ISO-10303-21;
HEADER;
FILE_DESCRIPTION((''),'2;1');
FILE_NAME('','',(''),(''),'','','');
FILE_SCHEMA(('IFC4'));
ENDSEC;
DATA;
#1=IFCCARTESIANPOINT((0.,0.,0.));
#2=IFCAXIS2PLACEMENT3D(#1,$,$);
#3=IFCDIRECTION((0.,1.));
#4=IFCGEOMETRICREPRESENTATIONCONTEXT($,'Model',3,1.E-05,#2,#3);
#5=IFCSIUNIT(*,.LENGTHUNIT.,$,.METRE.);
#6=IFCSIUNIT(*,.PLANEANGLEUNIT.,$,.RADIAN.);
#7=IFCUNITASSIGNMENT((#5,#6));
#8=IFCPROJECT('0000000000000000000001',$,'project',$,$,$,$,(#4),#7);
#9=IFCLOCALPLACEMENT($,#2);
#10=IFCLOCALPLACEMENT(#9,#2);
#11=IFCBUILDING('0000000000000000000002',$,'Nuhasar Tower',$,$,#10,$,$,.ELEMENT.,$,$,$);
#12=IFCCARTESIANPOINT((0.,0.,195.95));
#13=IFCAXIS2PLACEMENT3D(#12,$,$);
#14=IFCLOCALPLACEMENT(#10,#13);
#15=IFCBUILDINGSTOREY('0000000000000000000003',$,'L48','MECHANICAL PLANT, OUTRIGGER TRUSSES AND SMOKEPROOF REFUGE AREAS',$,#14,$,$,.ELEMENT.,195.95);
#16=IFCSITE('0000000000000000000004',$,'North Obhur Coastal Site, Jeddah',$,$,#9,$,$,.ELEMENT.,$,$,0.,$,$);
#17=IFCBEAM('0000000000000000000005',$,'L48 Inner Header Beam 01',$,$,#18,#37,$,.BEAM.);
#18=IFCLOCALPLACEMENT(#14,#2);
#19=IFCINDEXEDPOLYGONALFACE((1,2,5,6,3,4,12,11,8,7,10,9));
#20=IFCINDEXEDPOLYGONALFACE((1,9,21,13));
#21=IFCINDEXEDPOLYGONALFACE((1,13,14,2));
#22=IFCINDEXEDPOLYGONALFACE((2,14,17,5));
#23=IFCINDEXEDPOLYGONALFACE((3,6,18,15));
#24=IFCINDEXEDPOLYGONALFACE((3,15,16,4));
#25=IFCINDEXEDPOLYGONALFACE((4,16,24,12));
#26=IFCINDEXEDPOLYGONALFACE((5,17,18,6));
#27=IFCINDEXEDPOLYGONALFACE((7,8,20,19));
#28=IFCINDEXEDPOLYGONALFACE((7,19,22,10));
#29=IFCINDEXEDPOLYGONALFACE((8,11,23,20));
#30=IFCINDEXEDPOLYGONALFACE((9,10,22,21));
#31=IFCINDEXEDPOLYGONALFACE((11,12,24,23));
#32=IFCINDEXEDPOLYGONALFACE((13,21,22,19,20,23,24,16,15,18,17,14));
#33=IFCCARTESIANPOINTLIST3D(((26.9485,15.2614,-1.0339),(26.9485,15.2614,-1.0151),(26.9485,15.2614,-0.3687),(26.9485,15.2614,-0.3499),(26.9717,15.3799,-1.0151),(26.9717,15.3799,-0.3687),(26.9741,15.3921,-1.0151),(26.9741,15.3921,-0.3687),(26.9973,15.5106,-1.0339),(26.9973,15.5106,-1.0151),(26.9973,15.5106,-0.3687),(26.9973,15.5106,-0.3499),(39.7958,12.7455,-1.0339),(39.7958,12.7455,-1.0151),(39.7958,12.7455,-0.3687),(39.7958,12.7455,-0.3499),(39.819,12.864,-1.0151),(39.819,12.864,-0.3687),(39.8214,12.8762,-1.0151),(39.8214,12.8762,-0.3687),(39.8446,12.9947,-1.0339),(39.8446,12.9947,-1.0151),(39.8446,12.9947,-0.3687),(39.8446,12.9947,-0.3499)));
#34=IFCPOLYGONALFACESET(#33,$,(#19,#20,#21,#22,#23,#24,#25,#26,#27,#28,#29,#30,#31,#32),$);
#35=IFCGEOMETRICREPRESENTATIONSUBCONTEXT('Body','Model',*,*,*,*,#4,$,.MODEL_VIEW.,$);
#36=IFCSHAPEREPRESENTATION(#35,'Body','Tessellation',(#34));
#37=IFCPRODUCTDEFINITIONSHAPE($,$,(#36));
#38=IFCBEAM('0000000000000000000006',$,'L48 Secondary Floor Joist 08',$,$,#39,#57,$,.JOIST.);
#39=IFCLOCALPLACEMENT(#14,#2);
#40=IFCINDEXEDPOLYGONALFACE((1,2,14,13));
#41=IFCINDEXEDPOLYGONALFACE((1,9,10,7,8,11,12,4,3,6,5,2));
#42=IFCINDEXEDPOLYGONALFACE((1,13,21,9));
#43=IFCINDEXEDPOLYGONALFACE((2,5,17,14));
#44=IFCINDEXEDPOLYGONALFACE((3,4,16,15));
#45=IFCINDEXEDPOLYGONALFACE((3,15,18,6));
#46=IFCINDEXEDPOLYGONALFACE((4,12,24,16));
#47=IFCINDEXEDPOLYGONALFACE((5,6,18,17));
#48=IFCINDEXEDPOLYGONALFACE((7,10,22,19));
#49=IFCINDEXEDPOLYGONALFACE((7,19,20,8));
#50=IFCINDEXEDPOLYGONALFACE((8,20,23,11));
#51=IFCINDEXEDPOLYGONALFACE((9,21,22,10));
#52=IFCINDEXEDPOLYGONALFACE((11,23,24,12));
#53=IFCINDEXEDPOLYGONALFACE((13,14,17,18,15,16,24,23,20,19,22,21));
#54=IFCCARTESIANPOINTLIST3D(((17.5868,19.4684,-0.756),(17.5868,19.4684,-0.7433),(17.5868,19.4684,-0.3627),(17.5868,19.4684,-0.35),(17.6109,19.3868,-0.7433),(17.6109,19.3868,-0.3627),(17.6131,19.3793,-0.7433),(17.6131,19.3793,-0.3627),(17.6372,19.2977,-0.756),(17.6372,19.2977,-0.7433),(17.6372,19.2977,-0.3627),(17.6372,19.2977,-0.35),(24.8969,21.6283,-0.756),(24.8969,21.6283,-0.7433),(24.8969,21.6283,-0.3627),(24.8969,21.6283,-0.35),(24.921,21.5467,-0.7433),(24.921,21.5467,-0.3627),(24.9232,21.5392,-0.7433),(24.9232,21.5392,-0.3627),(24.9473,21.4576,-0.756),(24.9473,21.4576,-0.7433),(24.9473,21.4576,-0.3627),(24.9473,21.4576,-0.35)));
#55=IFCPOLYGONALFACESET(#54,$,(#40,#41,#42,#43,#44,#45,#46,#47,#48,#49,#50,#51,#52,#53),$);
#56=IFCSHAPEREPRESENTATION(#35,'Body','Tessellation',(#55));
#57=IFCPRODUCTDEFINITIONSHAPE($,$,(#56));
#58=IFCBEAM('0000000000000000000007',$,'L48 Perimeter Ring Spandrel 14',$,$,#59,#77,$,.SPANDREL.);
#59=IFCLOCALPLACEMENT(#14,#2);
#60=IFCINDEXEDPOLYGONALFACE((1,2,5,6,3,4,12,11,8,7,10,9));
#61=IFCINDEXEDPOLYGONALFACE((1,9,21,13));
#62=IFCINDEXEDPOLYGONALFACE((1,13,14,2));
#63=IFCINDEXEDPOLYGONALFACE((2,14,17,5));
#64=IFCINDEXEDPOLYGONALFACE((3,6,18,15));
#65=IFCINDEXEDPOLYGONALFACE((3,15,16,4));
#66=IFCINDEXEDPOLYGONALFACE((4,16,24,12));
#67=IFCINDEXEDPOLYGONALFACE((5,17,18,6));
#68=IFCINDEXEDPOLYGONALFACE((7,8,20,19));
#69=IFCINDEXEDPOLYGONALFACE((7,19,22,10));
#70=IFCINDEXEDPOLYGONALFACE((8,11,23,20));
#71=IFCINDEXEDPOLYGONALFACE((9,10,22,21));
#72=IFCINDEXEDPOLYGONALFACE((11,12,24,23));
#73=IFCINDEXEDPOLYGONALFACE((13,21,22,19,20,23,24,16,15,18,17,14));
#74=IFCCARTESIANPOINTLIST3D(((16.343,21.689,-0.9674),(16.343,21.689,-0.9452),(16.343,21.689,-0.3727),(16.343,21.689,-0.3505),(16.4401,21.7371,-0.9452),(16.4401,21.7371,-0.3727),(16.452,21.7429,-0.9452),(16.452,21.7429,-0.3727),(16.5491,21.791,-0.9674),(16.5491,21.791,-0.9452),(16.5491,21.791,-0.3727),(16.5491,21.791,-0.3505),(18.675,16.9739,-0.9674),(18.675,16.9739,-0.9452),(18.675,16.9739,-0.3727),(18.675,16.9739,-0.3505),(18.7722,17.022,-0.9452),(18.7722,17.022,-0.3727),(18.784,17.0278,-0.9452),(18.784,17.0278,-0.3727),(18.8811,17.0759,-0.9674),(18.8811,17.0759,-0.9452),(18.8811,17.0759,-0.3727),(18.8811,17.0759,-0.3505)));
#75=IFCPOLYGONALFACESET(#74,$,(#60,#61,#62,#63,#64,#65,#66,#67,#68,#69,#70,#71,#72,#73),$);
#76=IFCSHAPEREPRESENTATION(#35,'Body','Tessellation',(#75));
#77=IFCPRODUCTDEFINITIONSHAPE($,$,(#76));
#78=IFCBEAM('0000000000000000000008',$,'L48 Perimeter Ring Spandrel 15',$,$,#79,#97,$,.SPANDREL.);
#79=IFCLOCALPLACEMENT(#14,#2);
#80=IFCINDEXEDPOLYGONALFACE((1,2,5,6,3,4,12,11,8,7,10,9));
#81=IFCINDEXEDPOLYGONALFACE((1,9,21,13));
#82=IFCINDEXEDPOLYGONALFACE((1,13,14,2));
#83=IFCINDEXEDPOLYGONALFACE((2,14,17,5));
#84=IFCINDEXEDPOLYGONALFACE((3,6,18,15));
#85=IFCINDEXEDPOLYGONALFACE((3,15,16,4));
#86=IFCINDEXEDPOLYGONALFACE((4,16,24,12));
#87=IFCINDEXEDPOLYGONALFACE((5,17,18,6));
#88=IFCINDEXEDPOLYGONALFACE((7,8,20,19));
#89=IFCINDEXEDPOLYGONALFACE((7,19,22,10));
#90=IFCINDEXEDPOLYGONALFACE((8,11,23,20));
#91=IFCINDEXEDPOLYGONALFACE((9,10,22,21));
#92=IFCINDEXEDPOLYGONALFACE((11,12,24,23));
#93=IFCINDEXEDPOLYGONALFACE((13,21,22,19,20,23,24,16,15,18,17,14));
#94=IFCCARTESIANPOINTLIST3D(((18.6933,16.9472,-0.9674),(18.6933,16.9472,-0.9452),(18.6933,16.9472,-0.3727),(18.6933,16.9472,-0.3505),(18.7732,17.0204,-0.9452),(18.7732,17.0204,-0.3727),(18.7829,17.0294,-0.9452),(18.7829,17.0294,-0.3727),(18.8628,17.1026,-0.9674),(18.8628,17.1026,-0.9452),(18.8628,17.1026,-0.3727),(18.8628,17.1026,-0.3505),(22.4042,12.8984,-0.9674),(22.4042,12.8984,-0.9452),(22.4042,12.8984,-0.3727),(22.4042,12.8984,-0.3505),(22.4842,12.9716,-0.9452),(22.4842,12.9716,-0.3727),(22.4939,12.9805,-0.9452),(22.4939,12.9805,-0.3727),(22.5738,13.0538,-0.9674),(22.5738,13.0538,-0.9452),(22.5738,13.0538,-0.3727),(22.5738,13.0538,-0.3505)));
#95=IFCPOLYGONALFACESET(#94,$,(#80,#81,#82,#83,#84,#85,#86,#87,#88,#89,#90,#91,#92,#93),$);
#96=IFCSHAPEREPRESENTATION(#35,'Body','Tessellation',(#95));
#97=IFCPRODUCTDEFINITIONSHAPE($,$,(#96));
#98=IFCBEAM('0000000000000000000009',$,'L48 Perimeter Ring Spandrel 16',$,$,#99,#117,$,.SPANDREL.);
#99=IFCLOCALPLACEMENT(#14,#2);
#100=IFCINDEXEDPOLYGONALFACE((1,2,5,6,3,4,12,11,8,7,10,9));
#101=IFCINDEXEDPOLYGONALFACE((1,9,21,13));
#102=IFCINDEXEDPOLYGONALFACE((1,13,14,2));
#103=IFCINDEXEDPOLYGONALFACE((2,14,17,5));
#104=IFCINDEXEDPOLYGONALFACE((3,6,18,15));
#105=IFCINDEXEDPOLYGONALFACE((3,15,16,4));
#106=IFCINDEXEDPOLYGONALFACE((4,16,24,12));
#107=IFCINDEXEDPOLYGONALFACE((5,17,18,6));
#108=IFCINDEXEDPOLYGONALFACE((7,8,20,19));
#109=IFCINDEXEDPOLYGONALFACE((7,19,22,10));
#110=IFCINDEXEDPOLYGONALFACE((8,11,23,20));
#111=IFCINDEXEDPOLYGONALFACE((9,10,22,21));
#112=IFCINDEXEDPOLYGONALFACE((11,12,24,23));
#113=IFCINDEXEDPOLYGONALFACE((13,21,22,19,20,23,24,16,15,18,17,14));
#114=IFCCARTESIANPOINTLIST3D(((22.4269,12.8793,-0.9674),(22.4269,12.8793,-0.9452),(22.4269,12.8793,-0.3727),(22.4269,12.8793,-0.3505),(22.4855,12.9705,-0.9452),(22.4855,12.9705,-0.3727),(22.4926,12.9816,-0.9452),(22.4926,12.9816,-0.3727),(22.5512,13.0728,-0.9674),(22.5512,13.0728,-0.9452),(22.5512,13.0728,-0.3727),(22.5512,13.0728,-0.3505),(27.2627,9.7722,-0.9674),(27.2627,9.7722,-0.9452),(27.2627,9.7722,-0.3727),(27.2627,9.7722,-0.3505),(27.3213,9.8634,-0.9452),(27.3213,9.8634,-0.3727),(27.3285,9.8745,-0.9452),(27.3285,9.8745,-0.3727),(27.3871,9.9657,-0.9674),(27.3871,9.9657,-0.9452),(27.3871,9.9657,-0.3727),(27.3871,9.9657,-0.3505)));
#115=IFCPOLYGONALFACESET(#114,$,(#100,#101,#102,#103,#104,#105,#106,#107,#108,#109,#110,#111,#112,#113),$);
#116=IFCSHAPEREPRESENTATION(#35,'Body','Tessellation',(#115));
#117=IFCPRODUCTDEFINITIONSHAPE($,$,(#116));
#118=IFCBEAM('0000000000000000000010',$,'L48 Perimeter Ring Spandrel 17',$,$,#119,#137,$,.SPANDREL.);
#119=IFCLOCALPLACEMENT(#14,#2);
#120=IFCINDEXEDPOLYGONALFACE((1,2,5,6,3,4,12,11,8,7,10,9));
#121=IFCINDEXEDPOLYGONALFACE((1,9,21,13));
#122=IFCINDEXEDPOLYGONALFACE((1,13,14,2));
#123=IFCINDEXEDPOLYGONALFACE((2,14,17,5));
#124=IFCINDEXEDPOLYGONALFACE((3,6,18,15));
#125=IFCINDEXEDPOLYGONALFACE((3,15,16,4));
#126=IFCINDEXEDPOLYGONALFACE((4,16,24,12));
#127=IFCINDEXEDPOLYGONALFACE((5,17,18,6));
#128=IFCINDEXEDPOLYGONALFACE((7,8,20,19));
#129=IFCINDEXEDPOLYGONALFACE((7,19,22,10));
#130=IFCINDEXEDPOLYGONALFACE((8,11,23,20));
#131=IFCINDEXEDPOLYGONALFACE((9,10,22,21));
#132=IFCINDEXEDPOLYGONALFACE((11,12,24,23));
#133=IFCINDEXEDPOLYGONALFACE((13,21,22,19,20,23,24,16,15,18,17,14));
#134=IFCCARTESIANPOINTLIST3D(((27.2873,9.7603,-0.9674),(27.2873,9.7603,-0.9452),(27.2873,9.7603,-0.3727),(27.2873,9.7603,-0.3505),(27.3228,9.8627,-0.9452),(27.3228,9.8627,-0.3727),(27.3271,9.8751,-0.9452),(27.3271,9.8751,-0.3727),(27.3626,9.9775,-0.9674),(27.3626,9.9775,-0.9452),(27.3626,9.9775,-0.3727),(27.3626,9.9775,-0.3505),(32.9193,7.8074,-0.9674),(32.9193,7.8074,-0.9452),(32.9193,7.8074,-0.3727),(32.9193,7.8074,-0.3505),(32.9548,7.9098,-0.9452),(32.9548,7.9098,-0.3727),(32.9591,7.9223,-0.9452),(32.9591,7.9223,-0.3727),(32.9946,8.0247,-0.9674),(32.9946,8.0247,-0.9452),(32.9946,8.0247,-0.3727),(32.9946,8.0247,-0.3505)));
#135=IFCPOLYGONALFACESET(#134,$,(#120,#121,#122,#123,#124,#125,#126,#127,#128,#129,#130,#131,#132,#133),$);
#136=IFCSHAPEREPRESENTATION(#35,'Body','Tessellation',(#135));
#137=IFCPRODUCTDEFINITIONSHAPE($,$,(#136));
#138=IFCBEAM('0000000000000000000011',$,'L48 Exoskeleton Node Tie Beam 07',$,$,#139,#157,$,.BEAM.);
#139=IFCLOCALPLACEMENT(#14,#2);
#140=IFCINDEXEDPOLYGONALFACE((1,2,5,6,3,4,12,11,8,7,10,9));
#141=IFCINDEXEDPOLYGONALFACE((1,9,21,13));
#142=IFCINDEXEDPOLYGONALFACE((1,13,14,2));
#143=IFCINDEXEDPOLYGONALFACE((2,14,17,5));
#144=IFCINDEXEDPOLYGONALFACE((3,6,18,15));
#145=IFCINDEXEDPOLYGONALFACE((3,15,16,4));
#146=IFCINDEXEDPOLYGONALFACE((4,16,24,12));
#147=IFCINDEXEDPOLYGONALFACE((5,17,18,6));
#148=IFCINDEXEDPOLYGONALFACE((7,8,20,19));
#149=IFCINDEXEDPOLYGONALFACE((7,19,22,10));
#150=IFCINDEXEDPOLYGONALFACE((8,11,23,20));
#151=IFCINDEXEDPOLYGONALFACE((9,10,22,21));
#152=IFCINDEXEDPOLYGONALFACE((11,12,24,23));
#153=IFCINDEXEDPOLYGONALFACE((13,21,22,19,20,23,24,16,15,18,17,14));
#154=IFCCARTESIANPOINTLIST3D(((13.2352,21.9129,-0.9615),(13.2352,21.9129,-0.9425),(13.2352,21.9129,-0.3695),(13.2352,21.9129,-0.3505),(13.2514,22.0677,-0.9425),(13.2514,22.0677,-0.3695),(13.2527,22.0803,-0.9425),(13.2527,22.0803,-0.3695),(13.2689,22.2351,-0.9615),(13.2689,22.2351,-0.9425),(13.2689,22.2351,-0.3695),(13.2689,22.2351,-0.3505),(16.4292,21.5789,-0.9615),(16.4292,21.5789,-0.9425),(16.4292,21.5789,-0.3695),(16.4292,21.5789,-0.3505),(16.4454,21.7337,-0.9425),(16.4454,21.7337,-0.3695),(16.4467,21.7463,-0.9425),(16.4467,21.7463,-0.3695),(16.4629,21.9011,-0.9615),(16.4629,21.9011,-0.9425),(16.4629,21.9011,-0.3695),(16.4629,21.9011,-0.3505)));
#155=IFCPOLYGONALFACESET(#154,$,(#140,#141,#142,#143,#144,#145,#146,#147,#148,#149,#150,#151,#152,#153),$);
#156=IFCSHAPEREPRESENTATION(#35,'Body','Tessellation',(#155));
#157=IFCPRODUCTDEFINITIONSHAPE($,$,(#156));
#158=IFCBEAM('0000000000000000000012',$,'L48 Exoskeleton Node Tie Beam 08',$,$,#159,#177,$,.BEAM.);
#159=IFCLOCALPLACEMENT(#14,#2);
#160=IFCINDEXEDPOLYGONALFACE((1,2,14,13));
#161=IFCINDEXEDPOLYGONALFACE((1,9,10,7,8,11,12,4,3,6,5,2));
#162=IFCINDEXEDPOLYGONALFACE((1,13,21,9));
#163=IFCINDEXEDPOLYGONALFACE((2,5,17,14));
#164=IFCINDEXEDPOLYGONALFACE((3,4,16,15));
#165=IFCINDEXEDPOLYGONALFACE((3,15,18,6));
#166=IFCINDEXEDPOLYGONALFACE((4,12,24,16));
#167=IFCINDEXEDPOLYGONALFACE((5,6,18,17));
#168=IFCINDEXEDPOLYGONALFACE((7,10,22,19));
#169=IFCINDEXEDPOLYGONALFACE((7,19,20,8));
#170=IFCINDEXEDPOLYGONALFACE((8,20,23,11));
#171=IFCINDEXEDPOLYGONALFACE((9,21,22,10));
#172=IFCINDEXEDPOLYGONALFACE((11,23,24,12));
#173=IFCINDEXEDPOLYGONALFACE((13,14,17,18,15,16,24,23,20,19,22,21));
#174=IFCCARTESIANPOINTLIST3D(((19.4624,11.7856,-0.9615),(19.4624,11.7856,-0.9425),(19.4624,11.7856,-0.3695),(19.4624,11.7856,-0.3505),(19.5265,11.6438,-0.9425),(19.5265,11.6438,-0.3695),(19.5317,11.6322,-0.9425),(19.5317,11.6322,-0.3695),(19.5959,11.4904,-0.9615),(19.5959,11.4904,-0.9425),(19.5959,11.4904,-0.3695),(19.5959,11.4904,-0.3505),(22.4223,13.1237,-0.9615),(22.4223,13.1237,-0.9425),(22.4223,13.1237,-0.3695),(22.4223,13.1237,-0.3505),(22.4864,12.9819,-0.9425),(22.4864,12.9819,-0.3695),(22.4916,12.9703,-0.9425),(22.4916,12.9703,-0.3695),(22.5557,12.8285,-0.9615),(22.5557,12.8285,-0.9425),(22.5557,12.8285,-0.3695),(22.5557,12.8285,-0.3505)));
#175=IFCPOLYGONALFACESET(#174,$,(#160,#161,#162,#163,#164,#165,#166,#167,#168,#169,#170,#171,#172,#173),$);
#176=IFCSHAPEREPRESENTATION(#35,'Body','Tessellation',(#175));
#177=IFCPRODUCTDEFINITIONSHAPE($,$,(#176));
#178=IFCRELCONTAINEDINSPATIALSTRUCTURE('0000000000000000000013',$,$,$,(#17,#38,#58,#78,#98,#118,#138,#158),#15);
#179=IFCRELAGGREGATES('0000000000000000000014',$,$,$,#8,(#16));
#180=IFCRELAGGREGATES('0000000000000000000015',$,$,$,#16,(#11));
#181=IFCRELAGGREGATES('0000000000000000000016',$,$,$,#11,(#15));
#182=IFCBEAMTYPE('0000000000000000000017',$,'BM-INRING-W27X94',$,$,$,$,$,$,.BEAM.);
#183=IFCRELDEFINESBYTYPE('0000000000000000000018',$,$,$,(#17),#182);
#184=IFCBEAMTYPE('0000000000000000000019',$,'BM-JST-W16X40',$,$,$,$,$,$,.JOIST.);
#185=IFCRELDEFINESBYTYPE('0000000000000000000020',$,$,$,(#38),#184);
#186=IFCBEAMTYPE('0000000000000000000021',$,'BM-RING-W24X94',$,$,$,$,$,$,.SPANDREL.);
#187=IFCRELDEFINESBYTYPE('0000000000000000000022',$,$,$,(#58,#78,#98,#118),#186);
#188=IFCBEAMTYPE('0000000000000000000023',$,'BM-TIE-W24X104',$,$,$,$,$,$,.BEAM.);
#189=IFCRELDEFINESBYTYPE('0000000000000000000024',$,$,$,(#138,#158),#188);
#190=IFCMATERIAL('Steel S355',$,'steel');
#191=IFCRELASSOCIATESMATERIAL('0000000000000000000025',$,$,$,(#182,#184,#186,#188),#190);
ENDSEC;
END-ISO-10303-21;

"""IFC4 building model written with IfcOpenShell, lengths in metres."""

from ifc_helpers import new_model, si_unit, direction, frame, origin, origin_2d, place, context, subcontext, project, spatial, i_section, extrude, material, material_profile, profile_set, type_object, element, save


model = new_model("IFC4")

# Units and contexts
model_context = context("Model", 3, precision=1e-05, world=origin(), true_north=direction((0.0, 1.0)))
body_context = subcontext(model_context, "Body", "Model", "MODEL_VIEW")
ifc_project = project(units=[si_unit("LENGTHUNIT", "METRE"), si_unit("PLANEANGLEUNIT", "RADIAN")], contexts=[model_context])

# Site, building, storey
site_placement = place(None, origin())
site = spatial("IfcSite", under=ifc_project, at=site_placement, Name="North Obhur Coastal Site, Jeddah", CompositionType="ELEMENT", RefElevation=0.0)
building_placement = place(site_placement, origin())
building = spatial("IfcBuilding", under=site, at=building_placement, Name="Nuhasar Tower", CompositionType="ELEMENT")
storey_placement = place(building_placement, frame((0.0, 0.0, 195.95)))
storey = spatial("IfcBuildingStorey", under=building, at=storey_placement, Name="L48", Description="MECHANICAL PLANT, OUTRIGGER TRUSSES AND SMOKEPROOF REFUGE AREAS", CompositionType="ELEMENT", Elevation=195.95)

# Beams
ifc_material_1 = material(Name="Steel S355", Category="steel")
ifc_material_profile_1 = material_profile(ifc_material_1, i_section(OverallWidth=0.2539, OverallDepth=0.6841, WebThickness=0.0125, FlangeThickness=0.0188, at=origin_2d()), Name="W27X94")
ifc_profile_set_1 = profile_set([ifc_material_profile_1], Name="Steel S355")
beam_type_1 = type_object("IfcBeamType", Name="BM-INRING-W27X94", PredefinedType="BEAM", material=ifc_profile_set_1)
beam_1_placement = place(storey_placement, frame((26.9729, 15.386, -0.6919), z_axis=(0.98136, -0.19218, 0.0), x_axis=(0.19218, 0.98136, 0.0)))
element("IfcBeam", 1, at=beam_1_placement, inside=storey, type_object=beam_type_1, Name="L48 Inner Header Beam 01", PredefinedType="BEAM", context=body_context, shape_type="SweptSolid", body=[
    extrude(i_section(OverallWidth=0.2539, OverallDepth=0.6841, WebThickness=0.0125, FlangeThickness=0.0188, at=origin_2d()), origin(), (0.0, 0.0, 1.0), 13.0913),
])
ifc_material_profile_2 = material_profile(ifc_material_1, i_section(OverallWidth=0.178, OverallDepth=0.406, WebThickness=0.0078, FlangeThickness=0.0127, at=origin_2d()), Name="W16X40")
ifc_profile_set_2 = profile_set([ifc_material_profile_2], Name="Steel S355")
beam_type_2 = type_object("IfcBeamType", Name="BM-JST-W16X40", PredefinedType="JOIST", material=ifc_profile_set_2)
beam_2_placement = place(storey_placement, frame((24.9221, 21.543, -0.553), z_axis=(-0.959013, -0.283361, 0.0), x_axis=(0.283361, -0.959013, 0.0)))
element("IfcBeam", 2, at=beam_2_placement, inside=storey, type_object=beam_type_2, Name="L48 Secondary Floor Joist 08", PredefinedType="JOIST", context=body_context, shape_type="SweptSolid", body=[
    extrude(i_section(OverallWidth=0.178, OverallDepth=0.406, WebThickness=0.0078, FlangeThickness=0.0127, at=origin_2d()), origin(), (0.0, 0.0, 1.0), 7.6226),
])
ifc_material_profile_3 = material_profile(ifc_material_1, i_section(OverallWidth=0.23, OverallDepth=0.6169, WebThickness=0.0132, FlangeThickness=0.0222, at=origin_2d()), Name="W24X94")
ifc_profile_set_3 = profile_set([ifc_material_profile_3], Name="Steel S355")
beam_type_3 = type_object("IfcBeamType", Name="BM-RING-W24X94", PredefinedType="SPANDREL", material=ifc_profile_set_3)
beam_3_placement = place(storey_placement, frame((16.446, 21.74, -0.6589), z_axis=(0.443329, -0.896359, 0.0), x_axis=(0.896359, 0.443329, 0.0)))
element("IfcBeam", 3, at=beam_3_placement, inside=storey, type_object=beam_type_3, Name="L48 Perimeter Ring Spandrel 14", PredefinedType="SPANDREL", context=body_context, shape_type="SweptSolid", body=[
    extrude(i_section(OverallWidth=0.23, OverallDepth=0.6169, WebThickness=0.0132, FlangeThickness=0.0222, at=origin_2d()), origin(), (0.0, 0.0, 1.0), 5.2603),
])
beam_4_placement = place(storey_placement, frame((18.7781, 17.0249, -0.6589), z_axis=(0.675676, -0.737198, 0.0), x_axis=(0.737198, 0.675676, 0.0)))
element("IfcBeam", 4, at=beam_4_placement, inside=storey, type_object=beam_type_3, Name="L48 Perimeter Ring Spandrel 15", PredefinedType="SPANDREL", context=body_context, shape_type="SweptSolid", body=[
    extrude(i_section(OverallWidth=0.23, OverallDepth=0.6169, WebThickness=0.0132, FlangeThickness=0.0222, at=origin_2d()), origin(), (0.0, 0.0, 1.0), 5.4922),
])
beam_5_placement = place(storey_placement, frame((22.489, 12.9761, -0.6589), z_axis=(0.841308, -0.540556, 0.0), x_axis=(0.540556, 0.841308, 0.0)))
element("IfcBeam", 5, at=beam_5_placement, inside=storey, type_object=beam_type_3, Name="L48 Perimeter Ring Spandrel 16", PredefinedType="SPANDREL", context=body_context, shape_type="SweptSolid", body=[
    extrude(i_section(OverallWidth=0.23, OverallDepth=0.6169, WebThickness=0.0132, FlangeThickness=0.0222, at=origin_2d()), origin(), (0.0, 0.0, 1.0), 5.748),
])
beam_6_placement = place(storey_placement, frame((27.325, 9.8689, -0.6589), z_axis=(0.944814, -0.327607, 0.0), x_axis=(0.327607, 0.944814, 0.0)))
element("IfcBeam", 6, at=beam_6_placement, inside=storey, type_object=beam_type_3, Name="L48 Perimeter Ring Spandrel 17", PredefinedType="SPANDREL", context=body_context, shape_type="SweptSolid", body=[
    extrude(i_section(OverallWidth=0.23, OverallDepth=0.6169, WebThickness=0.0132, FlangeThickness=0.0222, at=origin_2d()), origin(), (0.0, 0.0, 1.0), 5.9609),
])
ifc_material_profile_4 = material_profile(ifc_material_1, i_section(OverallWidth=0.324, OverallDepth=0.6111, WebThickness=0.0127, FlangeThickness=0.019, at=origin_2d()), Name="W24X104")
ifc_profile_set_4 = profile_set([ifc_material_profile_4], Name="Steel S355")
beam_type_4 = type_object("IfcBeamType", Name="BM-TIE-W24X104", PredefinedType="BEAM", material=ifc_profile_set_4)
beam_7_placement = place(storey_placement, frame((16.446, 21.74, -0.656), z_axis=(-0.994578, 0.103996, 0.0), x_axis=(-0.103996, -0.994578, 0.0)))
element("IfcBeam", 7, at=beam_7_placement, inside=storey, type_object=beam_type_4, Name="L48 Exoskeleton Node Tie Beam 07", PredefinedType="BEAM", context=body_context, shape_type="SweptSolid", body=[
    extrude(i_section(OverallWidth=0.324, OverallDepth=0.6111, WebThickness=0.0127, FlangeThickness=0.019, at=origin_2d()), origin(), (0.0, 0.0, 1.0), 3.2114),
])
beam_8_placement = place(storey_placement, frame((22.489, 12.9761, -0.656), z_axis=(-0.911211, -0.411939, 0.0), x_axis=(0.411939, -0.911211, 0.0)))
element("IfcBeam", 8, at=beam_8_placement, inside=storey, type_object=beam_type_4, Name="L48 Exoskeleton Node Tie Beam 08", PredefinedType="BEAM", context=body_context, shape_type="SweptSolid", body=[
    extrude(i_section(OverallWidth=0.324, OverallDepth=0.6111, WebThickness=0.0127, FlangeThickness=0.019, at=origin_2d()), origin(), (0.0, 0.0, 1.0), 3.2483),
])

save(model, "model.ifc")
